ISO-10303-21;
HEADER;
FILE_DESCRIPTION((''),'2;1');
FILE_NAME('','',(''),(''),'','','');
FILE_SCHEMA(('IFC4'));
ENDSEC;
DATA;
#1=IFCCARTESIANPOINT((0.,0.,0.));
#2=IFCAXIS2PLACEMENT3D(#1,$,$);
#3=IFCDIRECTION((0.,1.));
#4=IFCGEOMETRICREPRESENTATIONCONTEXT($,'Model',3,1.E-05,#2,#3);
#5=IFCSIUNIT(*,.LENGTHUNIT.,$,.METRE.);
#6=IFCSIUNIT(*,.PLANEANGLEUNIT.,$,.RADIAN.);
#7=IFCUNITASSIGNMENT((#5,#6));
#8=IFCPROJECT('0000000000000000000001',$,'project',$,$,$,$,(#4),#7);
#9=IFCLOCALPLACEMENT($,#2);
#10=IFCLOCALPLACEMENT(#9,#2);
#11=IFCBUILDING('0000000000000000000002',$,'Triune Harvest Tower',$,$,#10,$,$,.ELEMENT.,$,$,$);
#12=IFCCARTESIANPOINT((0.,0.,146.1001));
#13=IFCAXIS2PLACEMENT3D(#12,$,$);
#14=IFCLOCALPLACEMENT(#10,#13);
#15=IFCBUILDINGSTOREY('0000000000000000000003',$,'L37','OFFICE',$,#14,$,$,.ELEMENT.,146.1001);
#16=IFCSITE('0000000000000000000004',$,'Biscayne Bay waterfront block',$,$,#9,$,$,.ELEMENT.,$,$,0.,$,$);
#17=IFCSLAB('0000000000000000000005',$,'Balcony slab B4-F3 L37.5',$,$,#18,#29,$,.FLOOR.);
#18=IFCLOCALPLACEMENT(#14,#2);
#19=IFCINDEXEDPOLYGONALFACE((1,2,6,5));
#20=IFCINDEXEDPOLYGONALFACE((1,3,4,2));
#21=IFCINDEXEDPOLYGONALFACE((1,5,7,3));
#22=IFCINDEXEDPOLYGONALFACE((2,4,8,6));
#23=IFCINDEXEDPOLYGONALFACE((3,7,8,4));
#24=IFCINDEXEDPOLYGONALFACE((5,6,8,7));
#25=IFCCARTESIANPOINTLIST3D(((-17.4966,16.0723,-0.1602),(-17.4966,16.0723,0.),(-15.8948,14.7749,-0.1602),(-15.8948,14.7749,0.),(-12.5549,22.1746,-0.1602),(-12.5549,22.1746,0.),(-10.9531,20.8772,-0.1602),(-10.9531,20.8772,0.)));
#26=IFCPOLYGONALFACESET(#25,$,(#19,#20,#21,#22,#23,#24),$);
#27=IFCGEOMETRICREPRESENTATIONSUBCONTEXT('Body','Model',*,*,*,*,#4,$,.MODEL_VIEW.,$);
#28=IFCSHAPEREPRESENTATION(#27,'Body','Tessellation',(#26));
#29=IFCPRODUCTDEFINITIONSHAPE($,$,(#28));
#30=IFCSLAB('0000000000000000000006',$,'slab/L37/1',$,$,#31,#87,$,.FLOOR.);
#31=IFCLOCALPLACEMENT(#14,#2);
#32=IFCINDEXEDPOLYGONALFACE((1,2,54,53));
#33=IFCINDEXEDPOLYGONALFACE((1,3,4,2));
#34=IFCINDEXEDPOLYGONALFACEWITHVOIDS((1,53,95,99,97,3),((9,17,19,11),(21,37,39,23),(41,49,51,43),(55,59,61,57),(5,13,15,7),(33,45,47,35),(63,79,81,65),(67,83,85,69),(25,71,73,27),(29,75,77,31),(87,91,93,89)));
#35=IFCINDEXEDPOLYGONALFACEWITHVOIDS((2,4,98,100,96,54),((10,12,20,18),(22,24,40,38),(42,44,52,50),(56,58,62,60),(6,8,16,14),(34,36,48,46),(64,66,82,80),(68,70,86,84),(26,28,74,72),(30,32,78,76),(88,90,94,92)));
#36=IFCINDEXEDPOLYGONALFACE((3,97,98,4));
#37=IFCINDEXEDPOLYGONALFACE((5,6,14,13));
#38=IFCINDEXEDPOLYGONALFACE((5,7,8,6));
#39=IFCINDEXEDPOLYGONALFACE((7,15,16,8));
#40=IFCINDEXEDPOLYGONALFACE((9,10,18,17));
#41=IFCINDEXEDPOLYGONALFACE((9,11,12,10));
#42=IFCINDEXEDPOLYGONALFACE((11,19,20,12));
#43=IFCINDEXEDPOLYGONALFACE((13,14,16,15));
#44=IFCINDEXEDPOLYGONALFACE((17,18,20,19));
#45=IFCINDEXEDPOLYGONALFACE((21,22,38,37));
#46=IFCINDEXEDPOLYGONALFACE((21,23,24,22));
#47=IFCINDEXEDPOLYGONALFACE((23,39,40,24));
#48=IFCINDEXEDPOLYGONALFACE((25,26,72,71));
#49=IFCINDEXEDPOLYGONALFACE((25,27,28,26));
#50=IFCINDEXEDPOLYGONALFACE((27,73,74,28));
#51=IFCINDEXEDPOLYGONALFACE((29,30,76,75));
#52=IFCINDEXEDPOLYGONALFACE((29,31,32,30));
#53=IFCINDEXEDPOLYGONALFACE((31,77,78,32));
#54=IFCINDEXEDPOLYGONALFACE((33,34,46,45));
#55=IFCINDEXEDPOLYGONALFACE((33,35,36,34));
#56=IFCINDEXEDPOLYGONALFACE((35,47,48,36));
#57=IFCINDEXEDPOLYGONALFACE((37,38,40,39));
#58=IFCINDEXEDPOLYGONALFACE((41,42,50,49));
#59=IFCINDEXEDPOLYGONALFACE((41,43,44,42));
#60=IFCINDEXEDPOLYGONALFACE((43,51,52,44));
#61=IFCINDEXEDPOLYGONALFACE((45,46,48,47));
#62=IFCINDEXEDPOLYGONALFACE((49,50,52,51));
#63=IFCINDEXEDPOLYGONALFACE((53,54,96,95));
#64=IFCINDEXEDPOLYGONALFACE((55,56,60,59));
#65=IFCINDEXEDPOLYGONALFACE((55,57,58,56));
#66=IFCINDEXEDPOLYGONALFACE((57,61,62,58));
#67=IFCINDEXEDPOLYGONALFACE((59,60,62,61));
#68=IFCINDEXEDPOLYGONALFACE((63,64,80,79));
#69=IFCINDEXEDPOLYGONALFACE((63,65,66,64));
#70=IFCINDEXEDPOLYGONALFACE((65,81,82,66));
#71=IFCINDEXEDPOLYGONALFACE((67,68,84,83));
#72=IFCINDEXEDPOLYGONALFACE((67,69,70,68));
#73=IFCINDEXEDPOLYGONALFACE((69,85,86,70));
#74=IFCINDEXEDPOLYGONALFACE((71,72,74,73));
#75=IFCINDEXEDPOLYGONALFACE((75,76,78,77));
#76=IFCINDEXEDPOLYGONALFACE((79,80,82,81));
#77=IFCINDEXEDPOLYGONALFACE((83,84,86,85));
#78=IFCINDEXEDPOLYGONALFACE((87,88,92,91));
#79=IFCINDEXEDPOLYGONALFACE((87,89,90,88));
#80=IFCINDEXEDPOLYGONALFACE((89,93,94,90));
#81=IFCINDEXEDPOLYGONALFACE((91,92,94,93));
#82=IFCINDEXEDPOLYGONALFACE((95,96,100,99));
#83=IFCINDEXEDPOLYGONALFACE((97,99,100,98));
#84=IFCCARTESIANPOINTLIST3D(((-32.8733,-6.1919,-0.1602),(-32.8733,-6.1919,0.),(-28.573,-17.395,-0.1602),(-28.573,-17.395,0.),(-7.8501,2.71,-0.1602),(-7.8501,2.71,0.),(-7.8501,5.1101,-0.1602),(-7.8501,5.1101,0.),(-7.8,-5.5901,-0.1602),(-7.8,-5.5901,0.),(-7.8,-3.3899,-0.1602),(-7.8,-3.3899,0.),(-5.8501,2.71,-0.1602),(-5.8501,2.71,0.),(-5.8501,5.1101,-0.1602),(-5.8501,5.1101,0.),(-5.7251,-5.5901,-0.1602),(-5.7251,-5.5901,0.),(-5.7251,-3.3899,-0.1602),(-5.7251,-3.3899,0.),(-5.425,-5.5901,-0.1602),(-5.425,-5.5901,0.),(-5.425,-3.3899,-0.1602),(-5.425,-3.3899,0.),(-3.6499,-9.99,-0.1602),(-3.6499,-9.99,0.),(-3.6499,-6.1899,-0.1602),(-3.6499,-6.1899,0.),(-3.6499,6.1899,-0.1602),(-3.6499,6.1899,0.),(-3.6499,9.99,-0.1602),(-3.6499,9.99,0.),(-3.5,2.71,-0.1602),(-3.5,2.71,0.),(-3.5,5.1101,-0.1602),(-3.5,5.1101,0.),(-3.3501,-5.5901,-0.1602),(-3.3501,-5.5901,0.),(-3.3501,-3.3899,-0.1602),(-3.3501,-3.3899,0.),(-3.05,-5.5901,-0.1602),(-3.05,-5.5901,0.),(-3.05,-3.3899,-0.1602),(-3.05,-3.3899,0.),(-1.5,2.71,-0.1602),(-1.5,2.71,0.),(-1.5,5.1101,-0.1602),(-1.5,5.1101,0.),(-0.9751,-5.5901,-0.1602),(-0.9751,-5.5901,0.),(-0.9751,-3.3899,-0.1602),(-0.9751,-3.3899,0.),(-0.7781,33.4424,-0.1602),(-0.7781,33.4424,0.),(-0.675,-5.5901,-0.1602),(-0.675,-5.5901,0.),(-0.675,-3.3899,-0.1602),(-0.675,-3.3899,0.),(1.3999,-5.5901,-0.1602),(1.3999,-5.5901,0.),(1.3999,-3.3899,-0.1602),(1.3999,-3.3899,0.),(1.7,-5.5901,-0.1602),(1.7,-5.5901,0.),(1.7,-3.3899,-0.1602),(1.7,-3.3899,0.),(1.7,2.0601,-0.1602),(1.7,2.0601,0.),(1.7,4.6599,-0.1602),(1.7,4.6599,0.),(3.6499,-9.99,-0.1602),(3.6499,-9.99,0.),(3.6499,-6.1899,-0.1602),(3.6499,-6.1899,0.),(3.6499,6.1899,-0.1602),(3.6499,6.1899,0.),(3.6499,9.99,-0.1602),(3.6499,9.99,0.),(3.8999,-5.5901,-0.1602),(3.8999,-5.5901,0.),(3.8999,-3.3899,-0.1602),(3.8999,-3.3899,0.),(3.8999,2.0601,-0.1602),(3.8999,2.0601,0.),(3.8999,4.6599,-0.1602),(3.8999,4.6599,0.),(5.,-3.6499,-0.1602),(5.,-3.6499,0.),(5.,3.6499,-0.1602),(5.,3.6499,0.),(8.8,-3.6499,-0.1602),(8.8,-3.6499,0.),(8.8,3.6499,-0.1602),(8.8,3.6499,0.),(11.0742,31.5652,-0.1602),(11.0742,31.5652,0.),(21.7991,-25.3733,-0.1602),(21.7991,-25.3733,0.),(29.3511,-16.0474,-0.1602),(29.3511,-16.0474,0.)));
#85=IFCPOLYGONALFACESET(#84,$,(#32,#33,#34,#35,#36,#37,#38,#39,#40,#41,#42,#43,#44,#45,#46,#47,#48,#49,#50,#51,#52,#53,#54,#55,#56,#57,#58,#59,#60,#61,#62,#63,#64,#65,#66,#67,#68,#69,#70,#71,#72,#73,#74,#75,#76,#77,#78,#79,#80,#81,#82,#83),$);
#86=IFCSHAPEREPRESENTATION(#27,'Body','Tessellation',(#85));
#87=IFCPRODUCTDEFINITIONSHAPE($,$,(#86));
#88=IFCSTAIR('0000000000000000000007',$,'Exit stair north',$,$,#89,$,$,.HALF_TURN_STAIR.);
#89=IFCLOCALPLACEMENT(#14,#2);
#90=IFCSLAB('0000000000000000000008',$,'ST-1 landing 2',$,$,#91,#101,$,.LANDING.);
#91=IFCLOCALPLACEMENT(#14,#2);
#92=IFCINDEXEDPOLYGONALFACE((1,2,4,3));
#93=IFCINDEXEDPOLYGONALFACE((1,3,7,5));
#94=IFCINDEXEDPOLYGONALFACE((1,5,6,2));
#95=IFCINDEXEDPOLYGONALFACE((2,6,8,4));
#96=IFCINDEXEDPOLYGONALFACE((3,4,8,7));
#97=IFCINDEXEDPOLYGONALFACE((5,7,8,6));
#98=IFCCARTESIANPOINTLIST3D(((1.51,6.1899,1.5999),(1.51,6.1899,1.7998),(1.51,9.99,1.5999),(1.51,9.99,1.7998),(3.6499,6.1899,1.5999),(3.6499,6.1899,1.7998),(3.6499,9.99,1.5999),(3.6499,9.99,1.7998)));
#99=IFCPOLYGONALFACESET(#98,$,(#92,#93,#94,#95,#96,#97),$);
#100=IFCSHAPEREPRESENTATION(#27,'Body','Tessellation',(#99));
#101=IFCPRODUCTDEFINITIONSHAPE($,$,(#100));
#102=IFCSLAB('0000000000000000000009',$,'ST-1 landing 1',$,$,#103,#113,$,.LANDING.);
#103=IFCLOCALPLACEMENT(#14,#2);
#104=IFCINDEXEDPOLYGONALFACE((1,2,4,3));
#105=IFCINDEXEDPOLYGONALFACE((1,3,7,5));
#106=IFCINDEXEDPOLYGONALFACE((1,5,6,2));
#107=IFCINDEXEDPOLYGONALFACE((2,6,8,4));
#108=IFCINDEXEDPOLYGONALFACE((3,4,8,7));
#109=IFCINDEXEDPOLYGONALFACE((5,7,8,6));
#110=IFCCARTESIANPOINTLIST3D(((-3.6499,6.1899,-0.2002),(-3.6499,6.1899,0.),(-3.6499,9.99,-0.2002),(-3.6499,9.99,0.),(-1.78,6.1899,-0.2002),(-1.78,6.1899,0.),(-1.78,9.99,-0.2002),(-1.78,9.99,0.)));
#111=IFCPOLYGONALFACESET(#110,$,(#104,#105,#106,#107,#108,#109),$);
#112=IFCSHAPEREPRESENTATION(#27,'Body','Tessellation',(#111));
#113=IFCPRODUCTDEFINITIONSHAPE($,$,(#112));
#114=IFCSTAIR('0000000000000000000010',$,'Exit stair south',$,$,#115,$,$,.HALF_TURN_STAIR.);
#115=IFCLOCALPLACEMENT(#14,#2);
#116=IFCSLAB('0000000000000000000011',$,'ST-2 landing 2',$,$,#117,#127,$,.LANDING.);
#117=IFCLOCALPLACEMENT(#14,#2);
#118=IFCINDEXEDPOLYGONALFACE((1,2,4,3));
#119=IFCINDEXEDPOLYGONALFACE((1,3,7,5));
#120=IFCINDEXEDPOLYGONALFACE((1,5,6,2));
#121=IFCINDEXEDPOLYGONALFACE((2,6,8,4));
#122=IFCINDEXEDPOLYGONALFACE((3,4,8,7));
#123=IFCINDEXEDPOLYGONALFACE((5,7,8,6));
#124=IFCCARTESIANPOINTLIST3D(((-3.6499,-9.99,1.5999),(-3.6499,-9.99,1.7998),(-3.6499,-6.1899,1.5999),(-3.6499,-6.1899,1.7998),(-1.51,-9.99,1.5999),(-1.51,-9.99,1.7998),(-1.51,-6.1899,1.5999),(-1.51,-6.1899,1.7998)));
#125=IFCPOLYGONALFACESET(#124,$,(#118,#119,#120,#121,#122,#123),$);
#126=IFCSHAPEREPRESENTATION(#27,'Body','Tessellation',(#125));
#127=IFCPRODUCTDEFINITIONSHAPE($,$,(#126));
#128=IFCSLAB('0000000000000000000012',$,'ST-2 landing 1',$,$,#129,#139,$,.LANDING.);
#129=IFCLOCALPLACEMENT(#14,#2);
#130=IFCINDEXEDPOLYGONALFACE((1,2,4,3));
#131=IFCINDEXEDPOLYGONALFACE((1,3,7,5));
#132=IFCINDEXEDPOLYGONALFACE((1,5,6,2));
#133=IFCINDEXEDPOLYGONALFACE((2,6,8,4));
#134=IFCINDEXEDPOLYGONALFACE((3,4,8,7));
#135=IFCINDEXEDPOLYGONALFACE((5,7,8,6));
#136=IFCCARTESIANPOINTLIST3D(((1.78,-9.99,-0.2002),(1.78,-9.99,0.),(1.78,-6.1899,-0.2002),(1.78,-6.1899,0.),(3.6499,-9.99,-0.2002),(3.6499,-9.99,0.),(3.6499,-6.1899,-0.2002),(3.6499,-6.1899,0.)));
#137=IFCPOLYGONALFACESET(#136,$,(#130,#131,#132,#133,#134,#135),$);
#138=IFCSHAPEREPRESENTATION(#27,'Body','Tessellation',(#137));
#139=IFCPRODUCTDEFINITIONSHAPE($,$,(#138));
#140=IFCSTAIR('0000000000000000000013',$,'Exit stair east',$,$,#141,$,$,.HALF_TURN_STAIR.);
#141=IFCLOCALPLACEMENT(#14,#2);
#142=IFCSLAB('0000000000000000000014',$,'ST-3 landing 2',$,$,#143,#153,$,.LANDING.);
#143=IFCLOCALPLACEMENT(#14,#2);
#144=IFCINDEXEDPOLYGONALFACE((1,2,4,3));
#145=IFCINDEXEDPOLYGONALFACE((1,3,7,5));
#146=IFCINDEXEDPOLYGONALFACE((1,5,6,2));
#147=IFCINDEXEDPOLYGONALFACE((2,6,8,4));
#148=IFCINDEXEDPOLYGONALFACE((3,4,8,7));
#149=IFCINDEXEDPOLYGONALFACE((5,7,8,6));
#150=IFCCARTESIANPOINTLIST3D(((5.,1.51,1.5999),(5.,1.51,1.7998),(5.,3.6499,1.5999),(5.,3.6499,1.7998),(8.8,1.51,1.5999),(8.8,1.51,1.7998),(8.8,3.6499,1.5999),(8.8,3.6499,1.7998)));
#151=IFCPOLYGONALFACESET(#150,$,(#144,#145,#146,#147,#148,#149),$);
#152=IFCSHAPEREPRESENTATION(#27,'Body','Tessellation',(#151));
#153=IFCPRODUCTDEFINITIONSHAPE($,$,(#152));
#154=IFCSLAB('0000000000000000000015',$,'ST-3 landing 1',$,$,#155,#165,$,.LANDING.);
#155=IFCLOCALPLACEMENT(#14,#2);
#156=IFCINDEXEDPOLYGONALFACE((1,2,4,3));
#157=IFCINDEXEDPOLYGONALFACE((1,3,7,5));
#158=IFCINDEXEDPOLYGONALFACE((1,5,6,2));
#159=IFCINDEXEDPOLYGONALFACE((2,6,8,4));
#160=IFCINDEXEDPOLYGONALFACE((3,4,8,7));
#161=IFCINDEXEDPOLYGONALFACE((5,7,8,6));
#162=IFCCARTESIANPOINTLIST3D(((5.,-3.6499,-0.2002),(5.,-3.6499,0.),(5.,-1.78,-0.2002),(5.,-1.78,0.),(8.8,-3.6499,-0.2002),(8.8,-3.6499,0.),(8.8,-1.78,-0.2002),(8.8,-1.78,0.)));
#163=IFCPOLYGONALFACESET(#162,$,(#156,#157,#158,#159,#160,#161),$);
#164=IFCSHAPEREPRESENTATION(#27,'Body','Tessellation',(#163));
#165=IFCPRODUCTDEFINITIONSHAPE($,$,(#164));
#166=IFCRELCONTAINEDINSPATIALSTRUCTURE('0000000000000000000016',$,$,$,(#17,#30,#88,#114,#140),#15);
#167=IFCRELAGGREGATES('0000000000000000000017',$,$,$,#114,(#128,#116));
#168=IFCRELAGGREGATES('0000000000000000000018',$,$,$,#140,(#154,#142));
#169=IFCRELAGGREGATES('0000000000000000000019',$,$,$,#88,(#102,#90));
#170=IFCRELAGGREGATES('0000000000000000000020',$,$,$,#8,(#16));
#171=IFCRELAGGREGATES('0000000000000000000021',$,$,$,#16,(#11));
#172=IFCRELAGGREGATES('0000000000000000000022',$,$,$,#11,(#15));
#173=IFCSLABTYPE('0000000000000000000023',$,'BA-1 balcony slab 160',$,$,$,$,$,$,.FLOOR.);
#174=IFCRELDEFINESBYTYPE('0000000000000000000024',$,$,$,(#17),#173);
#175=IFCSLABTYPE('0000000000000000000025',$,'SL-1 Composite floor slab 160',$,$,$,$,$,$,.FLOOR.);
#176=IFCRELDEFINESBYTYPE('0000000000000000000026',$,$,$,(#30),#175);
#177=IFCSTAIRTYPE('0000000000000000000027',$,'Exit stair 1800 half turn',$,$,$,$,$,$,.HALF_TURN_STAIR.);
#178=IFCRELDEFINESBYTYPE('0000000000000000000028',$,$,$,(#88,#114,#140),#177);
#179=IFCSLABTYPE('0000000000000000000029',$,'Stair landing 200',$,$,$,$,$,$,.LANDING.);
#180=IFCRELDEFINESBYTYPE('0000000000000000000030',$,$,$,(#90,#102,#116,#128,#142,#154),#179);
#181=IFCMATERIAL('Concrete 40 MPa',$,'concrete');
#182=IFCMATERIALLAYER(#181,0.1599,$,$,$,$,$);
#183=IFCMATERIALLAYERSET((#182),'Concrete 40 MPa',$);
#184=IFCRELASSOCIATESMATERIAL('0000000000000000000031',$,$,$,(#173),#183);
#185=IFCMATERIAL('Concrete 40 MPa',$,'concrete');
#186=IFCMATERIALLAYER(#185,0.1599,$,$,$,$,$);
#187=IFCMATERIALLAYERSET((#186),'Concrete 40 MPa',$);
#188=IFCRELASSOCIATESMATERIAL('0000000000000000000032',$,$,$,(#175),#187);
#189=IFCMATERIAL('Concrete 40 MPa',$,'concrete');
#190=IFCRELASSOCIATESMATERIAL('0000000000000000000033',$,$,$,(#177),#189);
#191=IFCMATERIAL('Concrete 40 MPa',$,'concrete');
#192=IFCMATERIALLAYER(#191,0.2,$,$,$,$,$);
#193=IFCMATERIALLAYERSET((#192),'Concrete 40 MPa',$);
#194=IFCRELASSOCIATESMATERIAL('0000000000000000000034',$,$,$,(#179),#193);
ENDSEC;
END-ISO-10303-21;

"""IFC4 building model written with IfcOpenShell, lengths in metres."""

from ifc_helpers import new_model, si_unit, direction, frame, origin, place, context, subcontext, project, spatial, polyline, outline, extrude, source, transform, mapped, material, layer, layer_set, type_object, element, aggregate, save


model = new_model("IFC4")

# Units and contexts
model_context = context("Model", 3, precision=1e-05, world=origin(), true_north=direction((0.0, 1.0)))
body_context = subcontext(model_context, "Body", "Model", "MODEL_VIEW")
ifc_project = project(units=[si_unit("LENGTHUNIT", "METRE"), si_unit("PLANEANGLEUNIT", "RADIAN")], contexts=[model_context])

# Site, building, storey
site_placement = place(None, origin())
site = spatial("IfcSite", under=ifc_project, at=site_placement, Name="Biscayne Bay waterfront block", CompositionType="ELEMENT", RefElevation=0.0)
building_placement = place(site_placement, origin())
building = spatial("IfcBuilding", under=site, at=building_placement, Name="Triune Harvest Tower", CompositionType="ELEMENT")
storey_placement = place(building_placement, frame((0.0, 0.0, 146.1001)))
storey = spatial("IfcBuildingStorey", under=building, at=storey_placement, Name="L37", Description="OFFICE", CompositionType="ELEMENT", Elevation=146.1001)

# Slabs
ifc_material_1 = material(Name="Concrete 40 MPa", Category="concrete")
ifc_layer_1 = layer(ifc_material_1, 0.1599)
ifc_layer_set_1 = layer_set([ifc_layer_1], Name="Concrete 40 MPa")
slab_type_1 = type_object("IfcSlabType", Name="BA-1 balcony slab 160", PredefinedType="FLOOR", material=ifc_layer_set_1)
slab_1_placement = place(storey_placement, frame((0.0, 0.0, -0.1602)))
element("IfcSlab", 1, at=slab_1_placement, inside=storey, type_object=slab_type_1, Name="Balcony slab B4-F3 L37.5", PredefinedType="FLOOR", context=body_context, shape_type="SweptSolid", body=[
    extrude(outline(polyline([(-10.9531, 20.8772), (-15.8948, 14.7749), (-17.4966, 16.0723), (-12.5549, 22.1746), (-10.9531, 20.8772)])), origin(), (0.0, 0.0, 1.0), 0.1602),
])
ifc_material_2 = material(Name="Concrete 40 MPa", Category="concrete")
ifc_layer_2 = layer(ifc_material_2, 0.1599)
ifc_layer_set_2 = layer_set([ifc_layer_2], Name="Concrete 40 MPa")
slab_type_2 = type_object("IfcSlabType", Name="SL-1 Composite floor slab 160", PredefinedType="FLOOR", material=ifc_layer_set_2)
shared_shape_1 = source(origin(), body_context, "Body", "SweptSolid", [
    extrude(outline(polyline([(29.3511, -16.0474), (11.0742, 31.5652), (-0.7781, 33.4424), (-32.8733, -6.1919), (-28.573, -17.395), (21.7991, -25.3733), (29.3511, -16.0474)]), holes=[polyline([(-5.7251, -5.5901), (-5.7251, -3.3899), (-7.8, -3.3899), (-7.8, -5.5901), (-5.7251, -5.5901)]), polyline([(-3.3501, -5.5901), (-3.3501, -3.3899), (-5.425, -3.3899), (-5.425, -5.5901), (-3.3501, -5.5901)]), polyline([(-0.9751, -5.5901), (-0.9751, -3.3899), (-3.05, -3.3899), (-3.05, -5.5901), (-0.9751, -5.5901)]), polyline([(1.3999, -5.5901), (1.3999, -3.3899), (-0.675, -3.3899), (-0.675, -5.5901), (1.3999, -5.5901)]), polyline([(3.8999, 2.0601), (3.8999, 4.6599), (1.7, 4.6599), (1.7, 2.0601), (3.8999, 2.0601)]), polyline([(3.8999, -5.5901), (3.8999, -3.3899), (1.7, -3.3899), (1.7, -5.5901), (3.8999, -5.5901)]), polyline([(-5.8501, 2.71), (-5.8501, 5.1101), (-7.8501, 5.1101), (-7.8501, 2.71), (-5.8501, 2.71)]), polyline([(-1.5, 2.71), (-1.5, 5.1101), (-3.5, 5.1101), (-3.5, 2.71), (-1.5, 2.71)]), polyline([(3.6499, 6.1899), (3.6499, 9.99), (-3.6499, 9.99), (-3.6499, 6.1899), (3.6499, 6.1899)]), polyline([(3.6499, -9.99), (3.6499, -6.1899), (-3.6499, -6.1899), (-3.6499, -9.99), (3.6499, -9.99)]), polyline([(8.8, -3.6499), (8.8, 3.6499), (5.0, 3.6499), (5.0, -3.6499), (8.8, -3.6499)])]), origin(), (0.0, 0.0, 1.0), 0.1602),
])
slab_2_placement = place(storey_placement, frame((0.0, 0.0, -0.1602)))
element("IfcSlab", 2, at=slab_2_placement, inside=storey, type_object=slab_type_2, Name="slab/L37/1", PredefinedType="FLOOR", context=body_context, shape_type="MappedRepresentation", body=[
    mapped(shared_shape_1, transform((0.0, 0.0, 0.0), scale=1.0)),
])

# Stairs, slabs
ifc_material_3 = material(Name="Concrete 40 MPa", Category="concrete")
stair_type = type_object("IfcStairType", Name="Exit stair 1800 half turn", PredefinedType="HALF_TURN_STAIR", material=ifc_material_3)
stair_1_placement = place(storey_placement, origin())
stair_1 = element("IfcStair", 3, at=stair_1_placement, inside=storey, type_object=stair_type, Name="Exit stair north", PredefinedType="HALF_TURN_STAIR")
ifc_material_4 = material(Name="Concrete 40 MPa", Category="concrete")
ifc_layer_3 = layer(ifc_material_4, 0.2)
ifc_layer_set_3 = layer_set([ifc_layer_3], Name="Concrete 40 MPa")
slab_type_3 = type_object("IfcSlabType", Name="Stair landing 200", PredefinedType="LANDING", material=ifc_layer_set_3)
shared_shape_2 = source(origin(), body_context, "Body", "SweptSolid", [
    extrude(outline(polyline([(1.51, 6.1899), (3.6499, 6.1899), (3.6499, 9.99), (1.51, 9.99), (1.51, 6.1899)])), origin(), (0.0, 0.0, 1.0), 0.2),
])
slab_3_placement = place(storey_placement, frame((0.0, 0.0, 1.5999)))
slab_3 = element("IfcSlab", 4, at=slab_3_placement, type_object=slab_type_3, Name="ST-1 landing 2", PredefinedType="LANDING", context=body_context, shape_type="MappedRepresentation", body=[
    mapped(shared_shape_2, transform((0.0, 0.0, 0.0), scale=1.0)),
])
shared_shape_3 = source(origin(), body_context, "Body", "SweptSolid", [
    extrude(outline(polyline([(-3.6499, 6.1899), (-1.78, 6.1899), (-1.78, 9.99), (-3.6499, 9.99), (-3.6499, 6.1899)])), origin(), (0.0, 0.0, 1.0), 0.2002),
])
slab_4_placement = place(storey_placement, frame((0.0, 0.0, -0.2002)))
slab_4 = element("IfcSlab", 5, at=slab_4_placement, type_object=slab_type_3, Name="ST-1 landing 1", PredefinedType="LANDING", context=body_context, shape_type="MappedRepresentation", body=[
    mapped(shared_shape_3, transform((0.0, 0.0, 0.0), scale=1.0)),
])
stair_2_placement = place(storey_placement, origin())
stair_2 = element("IfcStair", 6, at=stair_2_placement, inside=storey, type_object=stair_type, Name="Exit stair south", PredefinedType="HALF_TURN_STAIR")
shared_shape_4 = source(origin(), body_context, "Body", "SweptSolid", [
    extrude(outline(polyline([(-1.51, -6.1899), (-3.6499, -6.1899), (-3.6499, -9.99), (-1.51, -9.99), (-1.51, -6.1899)])), origin(), (0.0, 0.0, 1.0), 0.2),
])
slab_5_placement = place(storey_placement, frame((0.0, 0.0, 1.5999)))
slab_5 = element("IfcSlab", 7, at=slab_5_placement, type_object=slab_type_3, Name="ST-2 landing 2", PredefinedType="LANDING", context=body_context, shape_type="MappedRepresentation", body=[
    mapped(shared_shape_4, transform((0.0, 0.0, 0.0), scale=1.0)),
])
shared_shape_5 = source(origin(), body_context, "Body", "SweptSolid", [
    extrude(outline(polyline([(3.6499, -6.1899), (1.78, -6.1899), (1.78, -9.99), (3.6499, -9.99), (3.6499, -6.1899)])), origin(), (0.0, 0.0, 1.0), 0.2002),
])
slab_6_placement = place(storey_placement, frame((0.0, 0.0, -0.2002)))
slab_6 = element("IfcSlab", 8, at=slab_6_placement, type_object=slab_type_3, Name="ST-2 landing 1", PredefinedType="LANDING", context=body_context, shape_type="MappedRepresentation", body=[
    mapped(shared_shape_5, transform((0.0, 0.0, 0.0), scale=1.0)),
])
aggregate(stair_2, [slab_6, slab_5])
stair_3_placement = place(storey_placement, origin())
stair_3 = element("IfcStair", 9, at=stair_3_placement, inside=storey, type_object=stair_type, Name="Exit stair east", PredefinedType="HALF_TURN_STAIR")
shared_shape_6 = source(origin(), body_context, "Body", "SweptSolid", [
    extrude(outline(polyline([(8.8, 1.51), (8.8, 3.6499), (5.0, 3.6499), (5.0, 1.51), (8.8, 1.51)])), origin(), (0.0, 0.0, 1.0), 0.2),
])
slab_7_placement = place(storey_placement, frame((0.0, 0.0, 1.5999)))
slab_7 = element("IfcSlab", 10, at=slab_7_placement, type_object=slab_type_3, Name="ST-3 landing 2", PredefinedType="LANDING", context=body_context, shape_type="MappedRepresentation", body=[
    mapped(shared_shape_6, transform((0.0, 0.0, 0.0), scale=1.0)),
])
shared_shape_7 = source(origin(), body_context, "Body", "SweptSolid", [
    extrude(outline(polyline([(8.8, -3.6499), (8.8, -1.78), (5.0, -1.78), (5.0, -3.6499), (8.8, -3.6499)])), origin(), (0.0, 0.0, 1.0), 0.2002),
])
slab_8_placement = place(storey_placement, frame((0.0, 0.0, -0.2002)))
slab_8 = element("IfcSlab", 11, at=slab_8_placement, type_object=slab_type_3, Name="ST-3 landing 1", PredefinedType="LANDING", context=body_context, shape_type="MappedRepresentation", body=[
    mapped(shared_shape_7, transform((0.0, 0.0, 0.0), scale=1.0)),
])
aggregate(stair_3, [slab_8, slab_7])

aggregate(stair_1, [slab_4, slab_3])

save(model, "model.ifc")
